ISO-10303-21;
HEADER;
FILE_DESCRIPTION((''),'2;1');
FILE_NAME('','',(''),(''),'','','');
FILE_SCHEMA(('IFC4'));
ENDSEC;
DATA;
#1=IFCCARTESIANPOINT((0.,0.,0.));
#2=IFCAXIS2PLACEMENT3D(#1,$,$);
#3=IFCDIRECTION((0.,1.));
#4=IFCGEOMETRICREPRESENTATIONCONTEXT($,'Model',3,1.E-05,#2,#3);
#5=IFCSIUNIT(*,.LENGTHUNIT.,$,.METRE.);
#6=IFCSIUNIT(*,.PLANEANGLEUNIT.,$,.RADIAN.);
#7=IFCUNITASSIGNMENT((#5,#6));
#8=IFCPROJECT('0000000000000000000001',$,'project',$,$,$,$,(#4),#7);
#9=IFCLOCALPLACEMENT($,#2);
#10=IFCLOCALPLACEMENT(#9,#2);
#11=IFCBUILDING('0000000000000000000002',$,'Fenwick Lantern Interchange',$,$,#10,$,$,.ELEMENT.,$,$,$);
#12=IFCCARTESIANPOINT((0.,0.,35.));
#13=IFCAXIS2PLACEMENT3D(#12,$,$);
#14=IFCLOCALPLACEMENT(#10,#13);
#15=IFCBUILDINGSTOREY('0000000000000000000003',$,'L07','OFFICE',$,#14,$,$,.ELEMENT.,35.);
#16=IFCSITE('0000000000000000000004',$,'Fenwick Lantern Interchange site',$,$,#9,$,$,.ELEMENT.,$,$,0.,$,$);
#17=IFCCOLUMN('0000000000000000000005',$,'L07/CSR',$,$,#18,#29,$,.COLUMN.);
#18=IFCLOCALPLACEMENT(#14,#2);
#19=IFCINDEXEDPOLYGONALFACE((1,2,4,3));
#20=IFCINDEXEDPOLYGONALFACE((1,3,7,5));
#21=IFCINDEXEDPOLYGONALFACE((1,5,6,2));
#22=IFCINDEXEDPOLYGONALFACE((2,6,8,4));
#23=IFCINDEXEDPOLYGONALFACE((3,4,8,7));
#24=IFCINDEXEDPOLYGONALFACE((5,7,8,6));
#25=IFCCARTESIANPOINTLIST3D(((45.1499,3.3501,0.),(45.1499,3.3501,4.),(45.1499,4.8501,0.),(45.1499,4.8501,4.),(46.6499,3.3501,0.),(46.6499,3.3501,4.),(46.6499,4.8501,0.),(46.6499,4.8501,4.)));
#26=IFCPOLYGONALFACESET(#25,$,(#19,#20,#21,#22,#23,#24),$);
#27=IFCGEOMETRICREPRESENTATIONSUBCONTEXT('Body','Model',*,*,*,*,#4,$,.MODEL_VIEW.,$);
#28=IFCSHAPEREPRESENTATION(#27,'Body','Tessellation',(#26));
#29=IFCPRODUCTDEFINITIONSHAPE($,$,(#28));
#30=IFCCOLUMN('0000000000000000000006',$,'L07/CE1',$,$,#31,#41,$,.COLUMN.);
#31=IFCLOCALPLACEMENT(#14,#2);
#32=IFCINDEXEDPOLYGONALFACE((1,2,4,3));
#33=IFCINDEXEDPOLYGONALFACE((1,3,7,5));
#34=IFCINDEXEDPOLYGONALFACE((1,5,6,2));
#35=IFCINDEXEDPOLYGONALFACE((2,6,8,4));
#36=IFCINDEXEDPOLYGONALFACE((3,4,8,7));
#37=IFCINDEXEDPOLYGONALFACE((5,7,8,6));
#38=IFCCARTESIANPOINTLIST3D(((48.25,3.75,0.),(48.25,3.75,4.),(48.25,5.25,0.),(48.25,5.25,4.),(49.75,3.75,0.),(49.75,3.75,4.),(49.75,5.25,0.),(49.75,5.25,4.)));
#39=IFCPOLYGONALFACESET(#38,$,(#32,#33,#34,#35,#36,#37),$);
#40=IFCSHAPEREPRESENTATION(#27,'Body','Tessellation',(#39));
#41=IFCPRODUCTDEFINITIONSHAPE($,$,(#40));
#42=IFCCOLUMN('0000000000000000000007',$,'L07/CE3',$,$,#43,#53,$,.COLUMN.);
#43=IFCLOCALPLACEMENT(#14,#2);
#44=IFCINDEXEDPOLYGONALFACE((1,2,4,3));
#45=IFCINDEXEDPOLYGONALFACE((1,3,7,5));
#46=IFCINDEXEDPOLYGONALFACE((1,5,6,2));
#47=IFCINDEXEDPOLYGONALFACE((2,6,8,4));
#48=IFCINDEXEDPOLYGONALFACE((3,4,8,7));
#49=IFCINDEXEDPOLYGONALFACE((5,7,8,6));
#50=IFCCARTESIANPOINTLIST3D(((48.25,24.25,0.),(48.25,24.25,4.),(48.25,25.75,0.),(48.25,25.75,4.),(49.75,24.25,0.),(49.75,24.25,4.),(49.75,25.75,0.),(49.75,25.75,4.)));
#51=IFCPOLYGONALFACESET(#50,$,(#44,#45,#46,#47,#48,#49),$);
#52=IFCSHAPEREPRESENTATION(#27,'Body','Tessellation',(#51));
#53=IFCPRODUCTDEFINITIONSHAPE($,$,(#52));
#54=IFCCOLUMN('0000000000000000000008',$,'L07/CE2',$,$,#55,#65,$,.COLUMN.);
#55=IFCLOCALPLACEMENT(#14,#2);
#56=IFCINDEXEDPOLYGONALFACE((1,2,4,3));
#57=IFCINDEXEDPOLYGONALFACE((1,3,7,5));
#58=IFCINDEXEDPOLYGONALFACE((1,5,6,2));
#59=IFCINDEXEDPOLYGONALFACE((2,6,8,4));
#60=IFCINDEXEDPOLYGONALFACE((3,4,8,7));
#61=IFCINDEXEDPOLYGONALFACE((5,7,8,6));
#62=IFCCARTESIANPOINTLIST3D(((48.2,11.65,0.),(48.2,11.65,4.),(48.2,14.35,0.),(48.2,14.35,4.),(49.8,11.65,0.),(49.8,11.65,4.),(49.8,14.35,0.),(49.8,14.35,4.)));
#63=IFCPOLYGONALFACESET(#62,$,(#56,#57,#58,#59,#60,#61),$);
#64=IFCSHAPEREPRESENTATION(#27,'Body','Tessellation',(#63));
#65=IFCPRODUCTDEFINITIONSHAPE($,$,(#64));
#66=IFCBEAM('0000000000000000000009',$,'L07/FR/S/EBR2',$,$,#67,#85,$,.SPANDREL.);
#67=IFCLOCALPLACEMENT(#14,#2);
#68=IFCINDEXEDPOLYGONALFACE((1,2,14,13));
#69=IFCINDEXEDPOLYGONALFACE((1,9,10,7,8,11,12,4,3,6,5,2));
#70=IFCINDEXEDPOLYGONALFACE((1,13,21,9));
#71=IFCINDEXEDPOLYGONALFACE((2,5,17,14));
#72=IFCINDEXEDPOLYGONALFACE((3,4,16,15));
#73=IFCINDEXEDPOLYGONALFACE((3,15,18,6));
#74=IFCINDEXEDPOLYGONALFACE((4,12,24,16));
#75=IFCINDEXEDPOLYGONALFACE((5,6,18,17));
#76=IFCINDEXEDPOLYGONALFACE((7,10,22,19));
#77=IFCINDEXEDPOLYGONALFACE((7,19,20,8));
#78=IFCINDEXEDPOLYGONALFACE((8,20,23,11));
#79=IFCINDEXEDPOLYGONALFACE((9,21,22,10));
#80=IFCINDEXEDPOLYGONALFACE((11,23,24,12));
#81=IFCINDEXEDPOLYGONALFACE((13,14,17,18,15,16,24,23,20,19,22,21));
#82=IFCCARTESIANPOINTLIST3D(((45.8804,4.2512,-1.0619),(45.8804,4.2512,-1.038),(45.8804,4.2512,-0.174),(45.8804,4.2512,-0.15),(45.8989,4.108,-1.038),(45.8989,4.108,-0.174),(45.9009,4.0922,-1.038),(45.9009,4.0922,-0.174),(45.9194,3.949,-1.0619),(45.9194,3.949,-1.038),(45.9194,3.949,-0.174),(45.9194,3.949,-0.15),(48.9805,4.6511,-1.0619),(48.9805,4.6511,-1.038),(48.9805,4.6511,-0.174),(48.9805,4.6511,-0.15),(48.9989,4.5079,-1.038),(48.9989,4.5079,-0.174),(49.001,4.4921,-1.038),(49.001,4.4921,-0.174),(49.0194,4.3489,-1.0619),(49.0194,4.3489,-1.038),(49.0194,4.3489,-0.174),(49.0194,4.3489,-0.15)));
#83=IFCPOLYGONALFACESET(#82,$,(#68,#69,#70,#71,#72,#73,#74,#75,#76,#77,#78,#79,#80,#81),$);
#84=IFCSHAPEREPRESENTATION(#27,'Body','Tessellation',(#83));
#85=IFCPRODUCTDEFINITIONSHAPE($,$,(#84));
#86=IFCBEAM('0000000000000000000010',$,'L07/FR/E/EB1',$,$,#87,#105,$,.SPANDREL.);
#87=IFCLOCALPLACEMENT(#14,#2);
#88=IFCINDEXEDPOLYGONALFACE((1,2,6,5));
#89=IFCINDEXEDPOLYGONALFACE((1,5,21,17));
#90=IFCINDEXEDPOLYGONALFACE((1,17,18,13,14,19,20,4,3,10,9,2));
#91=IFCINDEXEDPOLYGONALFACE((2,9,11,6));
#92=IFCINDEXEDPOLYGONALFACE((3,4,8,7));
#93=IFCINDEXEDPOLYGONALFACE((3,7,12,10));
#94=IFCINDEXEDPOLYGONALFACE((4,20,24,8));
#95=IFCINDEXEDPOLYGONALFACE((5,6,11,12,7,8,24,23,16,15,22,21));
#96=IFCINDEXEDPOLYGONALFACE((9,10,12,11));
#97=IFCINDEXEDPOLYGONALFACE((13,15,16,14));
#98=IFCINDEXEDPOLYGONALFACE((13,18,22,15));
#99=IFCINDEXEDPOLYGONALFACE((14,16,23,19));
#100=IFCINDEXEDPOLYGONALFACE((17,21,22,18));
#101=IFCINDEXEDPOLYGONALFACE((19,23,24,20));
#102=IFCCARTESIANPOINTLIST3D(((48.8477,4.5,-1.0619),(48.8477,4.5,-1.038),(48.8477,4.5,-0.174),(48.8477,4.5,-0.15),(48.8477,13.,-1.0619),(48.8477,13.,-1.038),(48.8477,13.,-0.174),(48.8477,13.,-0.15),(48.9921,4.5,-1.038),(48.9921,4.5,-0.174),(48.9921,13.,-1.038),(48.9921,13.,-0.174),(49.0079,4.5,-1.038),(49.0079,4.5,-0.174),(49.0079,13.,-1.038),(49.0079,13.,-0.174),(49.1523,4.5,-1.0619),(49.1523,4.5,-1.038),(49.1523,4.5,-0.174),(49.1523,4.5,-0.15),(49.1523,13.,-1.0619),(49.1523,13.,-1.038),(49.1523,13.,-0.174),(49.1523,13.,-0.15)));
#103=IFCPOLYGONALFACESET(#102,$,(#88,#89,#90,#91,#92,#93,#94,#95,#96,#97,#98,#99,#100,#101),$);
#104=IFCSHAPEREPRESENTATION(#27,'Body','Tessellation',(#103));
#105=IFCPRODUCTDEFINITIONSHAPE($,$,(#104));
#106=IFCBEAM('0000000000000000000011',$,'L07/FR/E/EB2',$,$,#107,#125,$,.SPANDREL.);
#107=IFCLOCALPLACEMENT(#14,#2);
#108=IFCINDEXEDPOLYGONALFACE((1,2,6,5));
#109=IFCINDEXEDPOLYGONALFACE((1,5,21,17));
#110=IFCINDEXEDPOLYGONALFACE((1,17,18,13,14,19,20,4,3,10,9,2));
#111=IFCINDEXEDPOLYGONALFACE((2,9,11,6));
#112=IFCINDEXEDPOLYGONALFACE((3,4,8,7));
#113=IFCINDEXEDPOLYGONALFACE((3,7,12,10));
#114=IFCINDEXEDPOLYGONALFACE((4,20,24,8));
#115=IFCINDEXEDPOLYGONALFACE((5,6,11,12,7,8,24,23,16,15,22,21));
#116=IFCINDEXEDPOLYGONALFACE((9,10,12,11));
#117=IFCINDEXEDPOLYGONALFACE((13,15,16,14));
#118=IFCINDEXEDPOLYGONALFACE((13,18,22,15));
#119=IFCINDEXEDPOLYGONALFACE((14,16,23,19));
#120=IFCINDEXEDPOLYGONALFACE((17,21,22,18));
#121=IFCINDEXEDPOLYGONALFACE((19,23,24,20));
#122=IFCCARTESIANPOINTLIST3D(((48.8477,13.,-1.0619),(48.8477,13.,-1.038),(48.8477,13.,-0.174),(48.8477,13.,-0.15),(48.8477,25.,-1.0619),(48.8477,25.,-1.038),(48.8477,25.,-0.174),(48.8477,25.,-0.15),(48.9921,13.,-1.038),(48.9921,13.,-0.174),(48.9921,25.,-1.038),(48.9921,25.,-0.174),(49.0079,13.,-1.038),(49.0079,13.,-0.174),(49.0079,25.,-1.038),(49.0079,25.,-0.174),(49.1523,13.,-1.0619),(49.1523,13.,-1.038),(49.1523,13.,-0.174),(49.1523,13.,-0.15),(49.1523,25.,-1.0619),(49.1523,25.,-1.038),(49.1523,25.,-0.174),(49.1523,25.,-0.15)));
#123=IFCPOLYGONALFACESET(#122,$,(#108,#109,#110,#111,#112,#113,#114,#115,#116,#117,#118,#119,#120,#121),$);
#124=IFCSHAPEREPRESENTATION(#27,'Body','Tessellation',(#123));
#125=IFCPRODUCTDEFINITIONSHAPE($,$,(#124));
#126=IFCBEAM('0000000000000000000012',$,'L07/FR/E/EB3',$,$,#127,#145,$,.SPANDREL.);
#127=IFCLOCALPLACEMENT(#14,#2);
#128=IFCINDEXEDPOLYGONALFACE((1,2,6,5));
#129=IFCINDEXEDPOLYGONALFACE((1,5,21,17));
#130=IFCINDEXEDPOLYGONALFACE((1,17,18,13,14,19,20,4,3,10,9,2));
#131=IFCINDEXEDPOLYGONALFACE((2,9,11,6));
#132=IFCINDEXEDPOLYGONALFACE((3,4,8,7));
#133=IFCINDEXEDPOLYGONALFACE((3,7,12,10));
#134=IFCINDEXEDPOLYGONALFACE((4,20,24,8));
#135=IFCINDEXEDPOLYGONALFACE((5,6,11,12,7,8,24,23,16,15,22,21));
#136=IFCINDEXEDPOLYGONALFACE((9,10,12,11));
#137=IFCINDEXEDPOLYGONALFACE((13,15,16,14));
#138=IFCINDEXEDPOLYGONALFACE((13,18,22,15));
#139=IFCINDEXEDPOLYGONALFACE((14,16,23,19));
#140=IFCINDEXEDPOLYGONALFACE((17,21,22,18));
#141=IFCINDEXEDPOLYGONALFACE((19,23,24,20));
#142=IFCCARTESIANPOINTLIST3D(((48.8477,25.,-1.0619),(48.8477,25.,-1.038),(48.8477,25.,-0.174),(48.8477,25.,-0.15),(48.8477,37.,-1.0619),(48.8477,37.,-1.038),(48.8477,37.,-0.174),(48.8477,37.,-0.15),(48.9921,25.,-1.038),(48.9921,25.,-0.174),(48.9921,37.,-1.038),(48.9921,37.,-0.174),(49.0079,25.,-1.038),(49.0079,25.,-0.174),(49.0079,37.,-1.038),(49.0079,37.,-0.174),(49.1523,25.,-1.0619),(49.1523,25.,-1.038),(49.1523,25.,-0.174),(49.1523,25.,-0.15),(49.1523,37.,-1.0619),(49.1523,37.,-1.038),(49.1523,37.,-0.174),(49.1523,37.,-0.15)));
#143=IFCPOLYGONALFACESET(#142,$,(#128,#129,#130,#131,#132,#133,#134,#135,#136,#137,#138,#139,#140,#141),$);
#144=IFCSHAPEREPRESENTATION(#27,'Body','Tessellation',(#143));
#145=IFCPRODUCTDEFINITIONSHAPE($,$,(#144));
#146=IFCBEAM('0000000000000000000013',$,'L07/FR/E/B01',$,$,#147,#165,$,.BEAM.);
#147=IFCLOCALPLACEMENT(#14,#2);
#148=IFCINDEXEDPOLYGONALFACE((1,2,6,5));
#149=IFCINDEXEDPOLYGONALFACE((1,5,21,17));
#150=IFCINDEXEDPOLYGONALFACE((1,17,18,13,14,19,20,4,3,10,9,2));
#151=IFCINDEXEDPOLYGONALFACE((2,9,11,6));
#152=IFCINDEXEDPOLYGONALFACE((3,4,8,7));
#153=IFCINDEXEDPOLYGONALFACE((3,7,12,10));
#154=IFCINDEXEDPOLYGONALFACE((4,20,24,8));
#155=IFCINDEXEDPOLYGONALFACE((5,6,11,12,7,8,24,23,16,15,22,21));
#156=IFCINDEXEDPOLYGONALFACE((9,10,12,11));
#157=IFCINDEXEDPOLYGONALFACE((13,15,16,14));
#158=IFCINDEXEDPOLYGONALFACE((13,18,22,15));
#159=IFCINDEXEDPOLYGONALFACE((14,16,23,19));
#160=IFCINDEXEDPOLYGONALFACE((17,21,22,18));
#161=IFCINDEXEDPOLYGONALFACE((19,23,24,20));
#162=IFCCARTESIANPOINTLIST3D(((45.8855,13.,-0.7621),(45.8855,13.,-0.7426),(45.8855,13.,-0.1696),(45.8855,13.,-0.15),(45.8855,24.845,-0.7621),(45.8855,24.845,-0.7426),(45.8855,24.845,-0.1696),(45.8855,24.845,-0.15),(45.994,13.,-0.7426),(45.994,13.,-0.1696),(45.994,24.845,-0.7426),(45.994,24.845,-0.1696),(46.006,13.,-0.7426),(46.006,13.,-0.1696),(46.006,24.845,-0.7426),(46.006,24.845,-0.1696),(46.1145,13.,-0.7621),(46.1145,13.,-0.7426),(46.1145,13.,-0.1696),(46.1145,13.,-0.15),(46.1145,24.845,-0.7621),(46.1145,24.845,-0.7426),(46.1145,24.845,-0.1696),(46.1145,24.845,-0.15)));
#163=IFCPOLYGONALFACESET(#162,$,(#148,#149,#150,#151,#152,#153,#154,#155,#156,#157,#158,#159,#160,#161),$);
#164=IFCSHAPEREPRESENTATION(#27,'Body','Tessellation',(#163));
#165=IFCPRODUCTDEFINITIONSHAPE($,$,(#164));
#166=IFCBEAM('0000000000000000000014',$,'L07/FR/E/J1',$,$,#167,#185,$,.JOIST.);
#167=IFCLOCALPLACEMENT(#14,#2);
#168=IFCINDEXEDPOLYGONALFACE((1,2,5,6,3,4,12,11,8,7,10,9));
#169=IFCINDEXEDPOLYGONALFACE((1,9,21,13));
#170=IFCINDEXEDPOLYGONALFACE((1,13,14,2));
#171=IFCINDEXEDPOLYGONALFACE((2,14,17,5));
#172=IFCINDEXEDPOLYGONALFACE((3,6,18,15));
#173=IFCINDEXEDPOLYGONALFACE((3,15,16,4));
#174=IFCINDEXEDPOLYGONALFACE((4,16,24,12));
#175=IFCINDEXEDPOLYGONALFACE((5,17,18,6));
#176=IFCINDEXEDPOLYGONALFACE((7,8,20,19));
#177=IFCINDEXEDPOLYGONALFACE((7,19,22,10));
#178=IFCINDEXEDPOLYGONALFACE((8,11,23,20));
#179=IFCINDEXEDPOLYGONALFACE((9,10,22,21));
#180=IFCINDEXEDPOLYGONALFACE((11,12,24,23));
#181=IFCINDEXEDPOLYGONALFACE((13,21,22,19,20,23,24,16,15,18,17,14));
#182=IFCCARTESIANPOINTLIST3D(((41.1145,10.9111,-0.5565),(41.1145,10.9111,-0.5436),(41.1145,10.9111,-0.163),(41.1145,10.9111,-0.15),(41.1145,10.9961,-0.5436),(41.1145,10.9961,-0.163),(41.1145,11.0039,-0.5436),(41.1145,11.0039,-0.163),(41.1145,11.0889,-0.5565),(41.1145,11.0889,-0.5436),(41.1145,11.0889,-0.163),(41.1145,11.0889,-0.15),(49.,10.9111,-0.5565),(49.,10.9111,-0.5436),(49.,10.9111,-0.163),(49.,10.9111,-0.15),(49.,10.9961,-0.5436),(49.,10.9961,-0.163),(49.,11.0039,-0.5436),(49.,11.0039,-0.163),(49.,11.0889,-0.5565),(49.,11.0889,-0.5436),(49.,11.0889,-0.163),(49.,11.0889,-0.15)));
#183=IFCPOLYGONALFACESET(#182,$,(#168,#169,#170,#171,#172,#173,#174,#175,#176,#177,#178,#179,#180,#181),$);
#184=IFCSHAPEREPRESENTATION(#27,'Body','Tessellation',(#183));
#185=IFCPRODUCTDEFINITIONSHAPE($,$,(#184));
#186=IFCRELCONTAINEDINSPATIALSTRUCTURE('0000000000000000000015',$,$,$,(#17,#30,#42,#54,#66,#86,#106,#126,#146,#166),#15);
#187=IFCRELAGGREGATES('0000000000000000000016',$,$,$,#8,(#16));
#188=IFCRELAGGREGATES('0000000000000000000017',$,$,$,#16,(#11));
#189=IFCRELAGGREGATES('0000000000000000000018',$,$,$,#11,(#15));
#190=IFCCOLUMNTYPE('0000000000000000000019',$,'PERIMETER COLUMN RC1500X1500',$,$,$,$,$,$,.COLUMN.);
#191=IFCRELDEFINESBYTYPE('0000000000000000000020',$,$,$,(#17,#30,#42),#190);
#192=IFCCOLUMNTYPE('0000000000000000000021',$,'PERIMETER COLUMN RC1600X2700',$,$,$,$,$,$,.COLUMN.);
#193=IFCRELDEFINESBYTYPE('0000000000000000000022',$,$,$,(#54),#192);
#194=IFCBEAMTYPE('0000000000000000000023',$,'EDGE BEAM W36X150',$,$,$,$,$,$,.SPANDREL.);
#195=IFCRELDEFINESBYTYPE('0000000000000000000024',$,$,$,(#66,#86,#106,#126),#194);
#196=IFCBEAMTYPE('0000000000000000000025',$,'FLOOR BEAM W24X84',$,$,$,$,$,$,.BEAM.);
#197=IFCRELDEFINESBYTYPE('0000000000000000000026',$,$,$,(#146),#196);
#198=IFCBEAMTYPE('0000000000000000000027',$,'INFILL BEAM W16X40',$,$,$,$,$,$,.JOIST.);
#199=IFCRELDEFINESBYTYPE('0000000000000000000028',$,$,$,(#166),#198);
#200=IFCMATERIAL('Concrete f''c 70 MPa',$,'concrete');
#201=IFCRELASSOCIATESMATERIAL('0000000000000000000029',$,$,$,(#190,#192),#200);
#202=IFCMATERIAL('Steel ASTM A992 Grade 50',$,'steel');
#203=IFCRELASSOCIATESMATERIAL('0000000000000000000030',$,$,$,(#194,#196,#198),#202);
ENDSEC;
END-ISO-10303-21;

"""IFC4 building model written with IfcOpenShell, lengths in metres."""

from ifc_helpers import new_model, si_unit, direction, frame, origin, origin_2d, place, context, subcontext, project, spatial, rectangle, i_section, extrude, material, material_profile, profile_set, type_object, element, save


model = new_model("IFC4")

# Units and contexts
model_context = context("Model", 3, precision=1e-05, world=origin(), true_north=direction((0.0, 1.0)))
body_context = subcontext(model_context, "Body", "Model", "MODEL_VIEW")
ifc_project = project(units=[si_unit("LENGTHUNIT", "METRE"), si_unit("PLANEANGLEUNIT", "RADIAN")], contexts=[model_context])

# Site, building, storey
site_placement = place(None, origin())
site = spatial("IfcSite", under=ifc_project, at=site_placement, Name="Fenwick Lantern Interchange site", CompositionType="ELEMENT", RefElevation=0.0)
building_placement = place(site_placement, origin())
building = spatial("IfcBuilding", under=site, at=building_placement, Name="Fenwick Lantern Interchange", CompositionType="ELEMENT")
storey_placement = place(building_placement, frame((0.0, 0.0, 35.0)))
storey = spatial("IfcBuildingStorey", under=building, at=storey_placement, Name="L07", Description="OFFICE", CompositionType="ELEMENT", Elevation=35.0)

# Columns
ifc_material_1 = material(Name="Concrete f'c 70 MPa", Category="concrete")
ifc_material_profile_1 = material_profile(ifc_material_1, rectangle(XDim=1.5, YDim=1.5, at=origin_2d()), Name="RC1500X1500")
ifc_profile_set_1 = profile_set([ifc_material_profile_1], Name="Concrete f'c 70 MPa")
column_type_1 = type_object("IfcColumnType", Name="PERIMETER COLUMN RC1500X1500", PredefinedType="COLUMN", material=ifc_profile_set_1)
for number, where, z_axis, x_axis, name in (
    (1, (45.8999, 4.1001, 0.0), (0.0, 0.0, 1.0), (1.0, 0.0, 0.0), "L07/CSR"),
    (2, (49.0, 4.5, 0.0), (0.0, 0.0, 1.0), (1.0, 0.0, 0.0), "L07/CE1"),
    (3, (49.0, 25.0, 0.0), (0.0, 0.0, 1.0), (1.0, 0.0, 0.0), "L07/CE3"),
):
    element("IfcColumn", number, at=place(storey_placement, frame(where, z_axis=z_axis, x_axis=x_axis)), inside=storey, type_object=column_type_1, Name=name, PredefinedType="COLUMN", context=body_context, shape_type="SweptSolid", body=[
        extrude(rectangle(XDim=1.5, YDim=1.5, at=origin_2d()), origin(), (0.0, 0.0, 1.0), 4.0),
    ])
ifc_material_profile_2 = material_profile(ifc_material_1, rectangle(XDim=1.6001, YDim=2.7, at=origin_2d()), Name="RC1600X2700")
ifc_profile_set_2 = profile_set([ifc_material_profile_2], Name="Concrete f'c 70 MPa")
column_type_2 = type_object("IfcColumnType", Name="PERIMETER COLUMN RC1600X2700", PredefinedType="COLUMN", material=ifc_profile_set_2)
column_placement = place(storey_placement, frame((49.0, 13.0, 0.0), z_axis=(0.0, 0.0, 1.0), x_axis=(1.0, 0.0, 0.0)))
element("IfcColumn", 4, at=column_placement, inside=storey, type_object=column_type_2, Name="L07/CE2", PredefinedType="COLUMN", context=body_context, shape_type="SweptSolid", body=[
    extrude(rectangle(XDim=1.6001, YDim=2.7, at=origin_2d()), origin(), (0.0, 0.0, 1.0), 4.0),
])

# Beams
ifc_material_2 = material(Name="Steel ASTM A992 Grade 50", Category="steel")
ifc_material_profile_3 = material_profile(ifc_material_2, i_section(OverallWidth=0.3047, OverallDepth=0.9119, WebThickness=0.0159, FlangeThickness=0.0239, at=origin_2d()), Name="W36X150")
ifc_profile_set_3 = profile_set([ifc_material_profile_3], Name="Steel ASTM A992 Grade 50")
beam_type_1 = type_object("IfcBeamType", Name="EDGE BEAM W36X150", PredefinedType="SPANDREL", material=ifc_profile_set_3)
beam_1_placement = place(storey_placement, frame((45.8999, 4.1001, -0.606), z_axis=(0.991782, 0.127937, 0.0), x_axis=(-0.127937, 0.991782, 0.0)))
element("IfcBeam", 5, at=beam_1_placement, inside=storey, type_object=beam_type_1, Name="L07/FR/S/EBR2", PredefinedType="SPANDREL", context=body_context, shape_type="SweptSolid", body=[
    extrude(i_section(OverallWidth=0.3047, OverallDepth=0.9119, WebThickness=0.0159, FlangeThickness=0.0239, at=origin_2d()), origin(), (0.0, 0.0, 1.0), 3.1257),
])
beam_2_placement = place(storey_placement, frame((49.0, 4.5, -0.606), z_axis=(0.0, 1.0, 0.0), x_axis=(-1.0, 0.0, 0.0)))
element("IfcBeam", 6, at=beam_2_placement, inside=storey, type_object=beam_type_1, Name="L07/FR/E/EB1", PredefinedType="SPANDREL", context=body_context, shape_type="SweptSolid", body=[
    extrude(i_section(OverallWidth=0.3047, OverallDepth=0.9119, WebThickness=0.0159, FlangeThickness=0.0239, at=origin_2d()), origin(), (0.0, 0.0, 1.0), 8.5),
])
for number, where, z_axis, x_axis, name in (
    (7, (49.0, 13.0, -0.606), (0.0, 1.0, 0.0), (-1.0, 0.0, 0.0), "L07/FR/E/EB2"),
    (8, (49.0, 25.0, -0.606), (0.0, 1.0, 0.0), (-1.0, 0.0, 0.0), "L07/FR/E/EB3"),
):
    element("IfcBeam", number, at=place(storey_placement, frame(where, z_axis=z_axis, x_axis=x_axis)), inside=storey, type_object=beam_type_1, Name=name, PredefinedType="SPANDREL", context=body_context, shape_type="SweptSolid", body=[
        extrude(i_section(OverallWidth=0.3047, OverallDepth=0.9119, WebThickness=0.0159, FlangeThickness=0.0239, at=origin_2d()), origin(), (0.0, 0.0, 1.0), 12.0),
    ])
ifc_material_profile_4 = material_profile(ifc_material_2, i_section(OverallWidth=0.229, OverallDepth=0.6121, WebThickness=0.012, FlangeThickness=0.0195, at=origin_2d()), Name="W24X84")
ifc_profile_set_4 = profile_set([ifc_material_profile_4], Name="Steel ASTM A992 Grade 50")
beam_type_2 = type_object("IfcBeamType", Name="FLOOR BEAM W24X84", PredefinedType="BEAM", material=ifc_profile_set_4)
beam_3_placement = place(storey_placement, frame((46.0, 13.0, -0.4561), z_axis=(0.0, 1.0, 0.0), x_axis=(-1.0, 0.0, 0.0)))
element("IfcBeam", 9, at=beam_3_placement, inside=storey, type_object=beam_type_2, Name="L07/FR/E/B01", PredefinedType="BEAM", context=body_context, shape_type="SweptSolid", body=[
    extrude(i_section(OverallWidth=0.229, OverallDepth=0.6121, WebThickness=0.012, FlangeThickness=0.0195, at=origin_2d()), origin(), (0.0, 0.0, 1.0), 11.845),
])
ifc_material_profile_5 = material_profile(ifc_material_2, i_section(OverallWidth=0.1777, OverallDepth=0.4065, WebThickness=0.0078, FlangeThickness=0.0129, at=origin_2d()), Name="W16X40")
ifc_profile_set_5 = profile_set([ifc_material_profile_5], Name="Steel ASTM A992 Grade 50")
beam_type_3 = type_object("IfcBeamType", Name="INFILL BEAM W16X40", PredefinedType="JOIST", material=ifc_profile_set_5)
beam_4_placement = place(storey_placement, frame((49.0, 11.0, -0.3533), z_axis=(-1.0, 0.0, 0.0), x_axis=(0.0, -1.0, 0.0)))
element("IfcBeam", 10, at=beam_4_placement, inside=storey, type_object=beam_type_3, Name="L07/FR/E/J1", PredefinedType="JOIST", context=body_context, shape_type="SweptSolid", body=[
    extrude(i_section(OverallWidth=0.1777, OverallDepth=0.4065, WebThickness=0.0078, FlangeThickness=0.0129, at=origin_2d()), origin(), (0.0, 0.0, 1.0), 7.8855),
])

save(model, "model.ifc")
